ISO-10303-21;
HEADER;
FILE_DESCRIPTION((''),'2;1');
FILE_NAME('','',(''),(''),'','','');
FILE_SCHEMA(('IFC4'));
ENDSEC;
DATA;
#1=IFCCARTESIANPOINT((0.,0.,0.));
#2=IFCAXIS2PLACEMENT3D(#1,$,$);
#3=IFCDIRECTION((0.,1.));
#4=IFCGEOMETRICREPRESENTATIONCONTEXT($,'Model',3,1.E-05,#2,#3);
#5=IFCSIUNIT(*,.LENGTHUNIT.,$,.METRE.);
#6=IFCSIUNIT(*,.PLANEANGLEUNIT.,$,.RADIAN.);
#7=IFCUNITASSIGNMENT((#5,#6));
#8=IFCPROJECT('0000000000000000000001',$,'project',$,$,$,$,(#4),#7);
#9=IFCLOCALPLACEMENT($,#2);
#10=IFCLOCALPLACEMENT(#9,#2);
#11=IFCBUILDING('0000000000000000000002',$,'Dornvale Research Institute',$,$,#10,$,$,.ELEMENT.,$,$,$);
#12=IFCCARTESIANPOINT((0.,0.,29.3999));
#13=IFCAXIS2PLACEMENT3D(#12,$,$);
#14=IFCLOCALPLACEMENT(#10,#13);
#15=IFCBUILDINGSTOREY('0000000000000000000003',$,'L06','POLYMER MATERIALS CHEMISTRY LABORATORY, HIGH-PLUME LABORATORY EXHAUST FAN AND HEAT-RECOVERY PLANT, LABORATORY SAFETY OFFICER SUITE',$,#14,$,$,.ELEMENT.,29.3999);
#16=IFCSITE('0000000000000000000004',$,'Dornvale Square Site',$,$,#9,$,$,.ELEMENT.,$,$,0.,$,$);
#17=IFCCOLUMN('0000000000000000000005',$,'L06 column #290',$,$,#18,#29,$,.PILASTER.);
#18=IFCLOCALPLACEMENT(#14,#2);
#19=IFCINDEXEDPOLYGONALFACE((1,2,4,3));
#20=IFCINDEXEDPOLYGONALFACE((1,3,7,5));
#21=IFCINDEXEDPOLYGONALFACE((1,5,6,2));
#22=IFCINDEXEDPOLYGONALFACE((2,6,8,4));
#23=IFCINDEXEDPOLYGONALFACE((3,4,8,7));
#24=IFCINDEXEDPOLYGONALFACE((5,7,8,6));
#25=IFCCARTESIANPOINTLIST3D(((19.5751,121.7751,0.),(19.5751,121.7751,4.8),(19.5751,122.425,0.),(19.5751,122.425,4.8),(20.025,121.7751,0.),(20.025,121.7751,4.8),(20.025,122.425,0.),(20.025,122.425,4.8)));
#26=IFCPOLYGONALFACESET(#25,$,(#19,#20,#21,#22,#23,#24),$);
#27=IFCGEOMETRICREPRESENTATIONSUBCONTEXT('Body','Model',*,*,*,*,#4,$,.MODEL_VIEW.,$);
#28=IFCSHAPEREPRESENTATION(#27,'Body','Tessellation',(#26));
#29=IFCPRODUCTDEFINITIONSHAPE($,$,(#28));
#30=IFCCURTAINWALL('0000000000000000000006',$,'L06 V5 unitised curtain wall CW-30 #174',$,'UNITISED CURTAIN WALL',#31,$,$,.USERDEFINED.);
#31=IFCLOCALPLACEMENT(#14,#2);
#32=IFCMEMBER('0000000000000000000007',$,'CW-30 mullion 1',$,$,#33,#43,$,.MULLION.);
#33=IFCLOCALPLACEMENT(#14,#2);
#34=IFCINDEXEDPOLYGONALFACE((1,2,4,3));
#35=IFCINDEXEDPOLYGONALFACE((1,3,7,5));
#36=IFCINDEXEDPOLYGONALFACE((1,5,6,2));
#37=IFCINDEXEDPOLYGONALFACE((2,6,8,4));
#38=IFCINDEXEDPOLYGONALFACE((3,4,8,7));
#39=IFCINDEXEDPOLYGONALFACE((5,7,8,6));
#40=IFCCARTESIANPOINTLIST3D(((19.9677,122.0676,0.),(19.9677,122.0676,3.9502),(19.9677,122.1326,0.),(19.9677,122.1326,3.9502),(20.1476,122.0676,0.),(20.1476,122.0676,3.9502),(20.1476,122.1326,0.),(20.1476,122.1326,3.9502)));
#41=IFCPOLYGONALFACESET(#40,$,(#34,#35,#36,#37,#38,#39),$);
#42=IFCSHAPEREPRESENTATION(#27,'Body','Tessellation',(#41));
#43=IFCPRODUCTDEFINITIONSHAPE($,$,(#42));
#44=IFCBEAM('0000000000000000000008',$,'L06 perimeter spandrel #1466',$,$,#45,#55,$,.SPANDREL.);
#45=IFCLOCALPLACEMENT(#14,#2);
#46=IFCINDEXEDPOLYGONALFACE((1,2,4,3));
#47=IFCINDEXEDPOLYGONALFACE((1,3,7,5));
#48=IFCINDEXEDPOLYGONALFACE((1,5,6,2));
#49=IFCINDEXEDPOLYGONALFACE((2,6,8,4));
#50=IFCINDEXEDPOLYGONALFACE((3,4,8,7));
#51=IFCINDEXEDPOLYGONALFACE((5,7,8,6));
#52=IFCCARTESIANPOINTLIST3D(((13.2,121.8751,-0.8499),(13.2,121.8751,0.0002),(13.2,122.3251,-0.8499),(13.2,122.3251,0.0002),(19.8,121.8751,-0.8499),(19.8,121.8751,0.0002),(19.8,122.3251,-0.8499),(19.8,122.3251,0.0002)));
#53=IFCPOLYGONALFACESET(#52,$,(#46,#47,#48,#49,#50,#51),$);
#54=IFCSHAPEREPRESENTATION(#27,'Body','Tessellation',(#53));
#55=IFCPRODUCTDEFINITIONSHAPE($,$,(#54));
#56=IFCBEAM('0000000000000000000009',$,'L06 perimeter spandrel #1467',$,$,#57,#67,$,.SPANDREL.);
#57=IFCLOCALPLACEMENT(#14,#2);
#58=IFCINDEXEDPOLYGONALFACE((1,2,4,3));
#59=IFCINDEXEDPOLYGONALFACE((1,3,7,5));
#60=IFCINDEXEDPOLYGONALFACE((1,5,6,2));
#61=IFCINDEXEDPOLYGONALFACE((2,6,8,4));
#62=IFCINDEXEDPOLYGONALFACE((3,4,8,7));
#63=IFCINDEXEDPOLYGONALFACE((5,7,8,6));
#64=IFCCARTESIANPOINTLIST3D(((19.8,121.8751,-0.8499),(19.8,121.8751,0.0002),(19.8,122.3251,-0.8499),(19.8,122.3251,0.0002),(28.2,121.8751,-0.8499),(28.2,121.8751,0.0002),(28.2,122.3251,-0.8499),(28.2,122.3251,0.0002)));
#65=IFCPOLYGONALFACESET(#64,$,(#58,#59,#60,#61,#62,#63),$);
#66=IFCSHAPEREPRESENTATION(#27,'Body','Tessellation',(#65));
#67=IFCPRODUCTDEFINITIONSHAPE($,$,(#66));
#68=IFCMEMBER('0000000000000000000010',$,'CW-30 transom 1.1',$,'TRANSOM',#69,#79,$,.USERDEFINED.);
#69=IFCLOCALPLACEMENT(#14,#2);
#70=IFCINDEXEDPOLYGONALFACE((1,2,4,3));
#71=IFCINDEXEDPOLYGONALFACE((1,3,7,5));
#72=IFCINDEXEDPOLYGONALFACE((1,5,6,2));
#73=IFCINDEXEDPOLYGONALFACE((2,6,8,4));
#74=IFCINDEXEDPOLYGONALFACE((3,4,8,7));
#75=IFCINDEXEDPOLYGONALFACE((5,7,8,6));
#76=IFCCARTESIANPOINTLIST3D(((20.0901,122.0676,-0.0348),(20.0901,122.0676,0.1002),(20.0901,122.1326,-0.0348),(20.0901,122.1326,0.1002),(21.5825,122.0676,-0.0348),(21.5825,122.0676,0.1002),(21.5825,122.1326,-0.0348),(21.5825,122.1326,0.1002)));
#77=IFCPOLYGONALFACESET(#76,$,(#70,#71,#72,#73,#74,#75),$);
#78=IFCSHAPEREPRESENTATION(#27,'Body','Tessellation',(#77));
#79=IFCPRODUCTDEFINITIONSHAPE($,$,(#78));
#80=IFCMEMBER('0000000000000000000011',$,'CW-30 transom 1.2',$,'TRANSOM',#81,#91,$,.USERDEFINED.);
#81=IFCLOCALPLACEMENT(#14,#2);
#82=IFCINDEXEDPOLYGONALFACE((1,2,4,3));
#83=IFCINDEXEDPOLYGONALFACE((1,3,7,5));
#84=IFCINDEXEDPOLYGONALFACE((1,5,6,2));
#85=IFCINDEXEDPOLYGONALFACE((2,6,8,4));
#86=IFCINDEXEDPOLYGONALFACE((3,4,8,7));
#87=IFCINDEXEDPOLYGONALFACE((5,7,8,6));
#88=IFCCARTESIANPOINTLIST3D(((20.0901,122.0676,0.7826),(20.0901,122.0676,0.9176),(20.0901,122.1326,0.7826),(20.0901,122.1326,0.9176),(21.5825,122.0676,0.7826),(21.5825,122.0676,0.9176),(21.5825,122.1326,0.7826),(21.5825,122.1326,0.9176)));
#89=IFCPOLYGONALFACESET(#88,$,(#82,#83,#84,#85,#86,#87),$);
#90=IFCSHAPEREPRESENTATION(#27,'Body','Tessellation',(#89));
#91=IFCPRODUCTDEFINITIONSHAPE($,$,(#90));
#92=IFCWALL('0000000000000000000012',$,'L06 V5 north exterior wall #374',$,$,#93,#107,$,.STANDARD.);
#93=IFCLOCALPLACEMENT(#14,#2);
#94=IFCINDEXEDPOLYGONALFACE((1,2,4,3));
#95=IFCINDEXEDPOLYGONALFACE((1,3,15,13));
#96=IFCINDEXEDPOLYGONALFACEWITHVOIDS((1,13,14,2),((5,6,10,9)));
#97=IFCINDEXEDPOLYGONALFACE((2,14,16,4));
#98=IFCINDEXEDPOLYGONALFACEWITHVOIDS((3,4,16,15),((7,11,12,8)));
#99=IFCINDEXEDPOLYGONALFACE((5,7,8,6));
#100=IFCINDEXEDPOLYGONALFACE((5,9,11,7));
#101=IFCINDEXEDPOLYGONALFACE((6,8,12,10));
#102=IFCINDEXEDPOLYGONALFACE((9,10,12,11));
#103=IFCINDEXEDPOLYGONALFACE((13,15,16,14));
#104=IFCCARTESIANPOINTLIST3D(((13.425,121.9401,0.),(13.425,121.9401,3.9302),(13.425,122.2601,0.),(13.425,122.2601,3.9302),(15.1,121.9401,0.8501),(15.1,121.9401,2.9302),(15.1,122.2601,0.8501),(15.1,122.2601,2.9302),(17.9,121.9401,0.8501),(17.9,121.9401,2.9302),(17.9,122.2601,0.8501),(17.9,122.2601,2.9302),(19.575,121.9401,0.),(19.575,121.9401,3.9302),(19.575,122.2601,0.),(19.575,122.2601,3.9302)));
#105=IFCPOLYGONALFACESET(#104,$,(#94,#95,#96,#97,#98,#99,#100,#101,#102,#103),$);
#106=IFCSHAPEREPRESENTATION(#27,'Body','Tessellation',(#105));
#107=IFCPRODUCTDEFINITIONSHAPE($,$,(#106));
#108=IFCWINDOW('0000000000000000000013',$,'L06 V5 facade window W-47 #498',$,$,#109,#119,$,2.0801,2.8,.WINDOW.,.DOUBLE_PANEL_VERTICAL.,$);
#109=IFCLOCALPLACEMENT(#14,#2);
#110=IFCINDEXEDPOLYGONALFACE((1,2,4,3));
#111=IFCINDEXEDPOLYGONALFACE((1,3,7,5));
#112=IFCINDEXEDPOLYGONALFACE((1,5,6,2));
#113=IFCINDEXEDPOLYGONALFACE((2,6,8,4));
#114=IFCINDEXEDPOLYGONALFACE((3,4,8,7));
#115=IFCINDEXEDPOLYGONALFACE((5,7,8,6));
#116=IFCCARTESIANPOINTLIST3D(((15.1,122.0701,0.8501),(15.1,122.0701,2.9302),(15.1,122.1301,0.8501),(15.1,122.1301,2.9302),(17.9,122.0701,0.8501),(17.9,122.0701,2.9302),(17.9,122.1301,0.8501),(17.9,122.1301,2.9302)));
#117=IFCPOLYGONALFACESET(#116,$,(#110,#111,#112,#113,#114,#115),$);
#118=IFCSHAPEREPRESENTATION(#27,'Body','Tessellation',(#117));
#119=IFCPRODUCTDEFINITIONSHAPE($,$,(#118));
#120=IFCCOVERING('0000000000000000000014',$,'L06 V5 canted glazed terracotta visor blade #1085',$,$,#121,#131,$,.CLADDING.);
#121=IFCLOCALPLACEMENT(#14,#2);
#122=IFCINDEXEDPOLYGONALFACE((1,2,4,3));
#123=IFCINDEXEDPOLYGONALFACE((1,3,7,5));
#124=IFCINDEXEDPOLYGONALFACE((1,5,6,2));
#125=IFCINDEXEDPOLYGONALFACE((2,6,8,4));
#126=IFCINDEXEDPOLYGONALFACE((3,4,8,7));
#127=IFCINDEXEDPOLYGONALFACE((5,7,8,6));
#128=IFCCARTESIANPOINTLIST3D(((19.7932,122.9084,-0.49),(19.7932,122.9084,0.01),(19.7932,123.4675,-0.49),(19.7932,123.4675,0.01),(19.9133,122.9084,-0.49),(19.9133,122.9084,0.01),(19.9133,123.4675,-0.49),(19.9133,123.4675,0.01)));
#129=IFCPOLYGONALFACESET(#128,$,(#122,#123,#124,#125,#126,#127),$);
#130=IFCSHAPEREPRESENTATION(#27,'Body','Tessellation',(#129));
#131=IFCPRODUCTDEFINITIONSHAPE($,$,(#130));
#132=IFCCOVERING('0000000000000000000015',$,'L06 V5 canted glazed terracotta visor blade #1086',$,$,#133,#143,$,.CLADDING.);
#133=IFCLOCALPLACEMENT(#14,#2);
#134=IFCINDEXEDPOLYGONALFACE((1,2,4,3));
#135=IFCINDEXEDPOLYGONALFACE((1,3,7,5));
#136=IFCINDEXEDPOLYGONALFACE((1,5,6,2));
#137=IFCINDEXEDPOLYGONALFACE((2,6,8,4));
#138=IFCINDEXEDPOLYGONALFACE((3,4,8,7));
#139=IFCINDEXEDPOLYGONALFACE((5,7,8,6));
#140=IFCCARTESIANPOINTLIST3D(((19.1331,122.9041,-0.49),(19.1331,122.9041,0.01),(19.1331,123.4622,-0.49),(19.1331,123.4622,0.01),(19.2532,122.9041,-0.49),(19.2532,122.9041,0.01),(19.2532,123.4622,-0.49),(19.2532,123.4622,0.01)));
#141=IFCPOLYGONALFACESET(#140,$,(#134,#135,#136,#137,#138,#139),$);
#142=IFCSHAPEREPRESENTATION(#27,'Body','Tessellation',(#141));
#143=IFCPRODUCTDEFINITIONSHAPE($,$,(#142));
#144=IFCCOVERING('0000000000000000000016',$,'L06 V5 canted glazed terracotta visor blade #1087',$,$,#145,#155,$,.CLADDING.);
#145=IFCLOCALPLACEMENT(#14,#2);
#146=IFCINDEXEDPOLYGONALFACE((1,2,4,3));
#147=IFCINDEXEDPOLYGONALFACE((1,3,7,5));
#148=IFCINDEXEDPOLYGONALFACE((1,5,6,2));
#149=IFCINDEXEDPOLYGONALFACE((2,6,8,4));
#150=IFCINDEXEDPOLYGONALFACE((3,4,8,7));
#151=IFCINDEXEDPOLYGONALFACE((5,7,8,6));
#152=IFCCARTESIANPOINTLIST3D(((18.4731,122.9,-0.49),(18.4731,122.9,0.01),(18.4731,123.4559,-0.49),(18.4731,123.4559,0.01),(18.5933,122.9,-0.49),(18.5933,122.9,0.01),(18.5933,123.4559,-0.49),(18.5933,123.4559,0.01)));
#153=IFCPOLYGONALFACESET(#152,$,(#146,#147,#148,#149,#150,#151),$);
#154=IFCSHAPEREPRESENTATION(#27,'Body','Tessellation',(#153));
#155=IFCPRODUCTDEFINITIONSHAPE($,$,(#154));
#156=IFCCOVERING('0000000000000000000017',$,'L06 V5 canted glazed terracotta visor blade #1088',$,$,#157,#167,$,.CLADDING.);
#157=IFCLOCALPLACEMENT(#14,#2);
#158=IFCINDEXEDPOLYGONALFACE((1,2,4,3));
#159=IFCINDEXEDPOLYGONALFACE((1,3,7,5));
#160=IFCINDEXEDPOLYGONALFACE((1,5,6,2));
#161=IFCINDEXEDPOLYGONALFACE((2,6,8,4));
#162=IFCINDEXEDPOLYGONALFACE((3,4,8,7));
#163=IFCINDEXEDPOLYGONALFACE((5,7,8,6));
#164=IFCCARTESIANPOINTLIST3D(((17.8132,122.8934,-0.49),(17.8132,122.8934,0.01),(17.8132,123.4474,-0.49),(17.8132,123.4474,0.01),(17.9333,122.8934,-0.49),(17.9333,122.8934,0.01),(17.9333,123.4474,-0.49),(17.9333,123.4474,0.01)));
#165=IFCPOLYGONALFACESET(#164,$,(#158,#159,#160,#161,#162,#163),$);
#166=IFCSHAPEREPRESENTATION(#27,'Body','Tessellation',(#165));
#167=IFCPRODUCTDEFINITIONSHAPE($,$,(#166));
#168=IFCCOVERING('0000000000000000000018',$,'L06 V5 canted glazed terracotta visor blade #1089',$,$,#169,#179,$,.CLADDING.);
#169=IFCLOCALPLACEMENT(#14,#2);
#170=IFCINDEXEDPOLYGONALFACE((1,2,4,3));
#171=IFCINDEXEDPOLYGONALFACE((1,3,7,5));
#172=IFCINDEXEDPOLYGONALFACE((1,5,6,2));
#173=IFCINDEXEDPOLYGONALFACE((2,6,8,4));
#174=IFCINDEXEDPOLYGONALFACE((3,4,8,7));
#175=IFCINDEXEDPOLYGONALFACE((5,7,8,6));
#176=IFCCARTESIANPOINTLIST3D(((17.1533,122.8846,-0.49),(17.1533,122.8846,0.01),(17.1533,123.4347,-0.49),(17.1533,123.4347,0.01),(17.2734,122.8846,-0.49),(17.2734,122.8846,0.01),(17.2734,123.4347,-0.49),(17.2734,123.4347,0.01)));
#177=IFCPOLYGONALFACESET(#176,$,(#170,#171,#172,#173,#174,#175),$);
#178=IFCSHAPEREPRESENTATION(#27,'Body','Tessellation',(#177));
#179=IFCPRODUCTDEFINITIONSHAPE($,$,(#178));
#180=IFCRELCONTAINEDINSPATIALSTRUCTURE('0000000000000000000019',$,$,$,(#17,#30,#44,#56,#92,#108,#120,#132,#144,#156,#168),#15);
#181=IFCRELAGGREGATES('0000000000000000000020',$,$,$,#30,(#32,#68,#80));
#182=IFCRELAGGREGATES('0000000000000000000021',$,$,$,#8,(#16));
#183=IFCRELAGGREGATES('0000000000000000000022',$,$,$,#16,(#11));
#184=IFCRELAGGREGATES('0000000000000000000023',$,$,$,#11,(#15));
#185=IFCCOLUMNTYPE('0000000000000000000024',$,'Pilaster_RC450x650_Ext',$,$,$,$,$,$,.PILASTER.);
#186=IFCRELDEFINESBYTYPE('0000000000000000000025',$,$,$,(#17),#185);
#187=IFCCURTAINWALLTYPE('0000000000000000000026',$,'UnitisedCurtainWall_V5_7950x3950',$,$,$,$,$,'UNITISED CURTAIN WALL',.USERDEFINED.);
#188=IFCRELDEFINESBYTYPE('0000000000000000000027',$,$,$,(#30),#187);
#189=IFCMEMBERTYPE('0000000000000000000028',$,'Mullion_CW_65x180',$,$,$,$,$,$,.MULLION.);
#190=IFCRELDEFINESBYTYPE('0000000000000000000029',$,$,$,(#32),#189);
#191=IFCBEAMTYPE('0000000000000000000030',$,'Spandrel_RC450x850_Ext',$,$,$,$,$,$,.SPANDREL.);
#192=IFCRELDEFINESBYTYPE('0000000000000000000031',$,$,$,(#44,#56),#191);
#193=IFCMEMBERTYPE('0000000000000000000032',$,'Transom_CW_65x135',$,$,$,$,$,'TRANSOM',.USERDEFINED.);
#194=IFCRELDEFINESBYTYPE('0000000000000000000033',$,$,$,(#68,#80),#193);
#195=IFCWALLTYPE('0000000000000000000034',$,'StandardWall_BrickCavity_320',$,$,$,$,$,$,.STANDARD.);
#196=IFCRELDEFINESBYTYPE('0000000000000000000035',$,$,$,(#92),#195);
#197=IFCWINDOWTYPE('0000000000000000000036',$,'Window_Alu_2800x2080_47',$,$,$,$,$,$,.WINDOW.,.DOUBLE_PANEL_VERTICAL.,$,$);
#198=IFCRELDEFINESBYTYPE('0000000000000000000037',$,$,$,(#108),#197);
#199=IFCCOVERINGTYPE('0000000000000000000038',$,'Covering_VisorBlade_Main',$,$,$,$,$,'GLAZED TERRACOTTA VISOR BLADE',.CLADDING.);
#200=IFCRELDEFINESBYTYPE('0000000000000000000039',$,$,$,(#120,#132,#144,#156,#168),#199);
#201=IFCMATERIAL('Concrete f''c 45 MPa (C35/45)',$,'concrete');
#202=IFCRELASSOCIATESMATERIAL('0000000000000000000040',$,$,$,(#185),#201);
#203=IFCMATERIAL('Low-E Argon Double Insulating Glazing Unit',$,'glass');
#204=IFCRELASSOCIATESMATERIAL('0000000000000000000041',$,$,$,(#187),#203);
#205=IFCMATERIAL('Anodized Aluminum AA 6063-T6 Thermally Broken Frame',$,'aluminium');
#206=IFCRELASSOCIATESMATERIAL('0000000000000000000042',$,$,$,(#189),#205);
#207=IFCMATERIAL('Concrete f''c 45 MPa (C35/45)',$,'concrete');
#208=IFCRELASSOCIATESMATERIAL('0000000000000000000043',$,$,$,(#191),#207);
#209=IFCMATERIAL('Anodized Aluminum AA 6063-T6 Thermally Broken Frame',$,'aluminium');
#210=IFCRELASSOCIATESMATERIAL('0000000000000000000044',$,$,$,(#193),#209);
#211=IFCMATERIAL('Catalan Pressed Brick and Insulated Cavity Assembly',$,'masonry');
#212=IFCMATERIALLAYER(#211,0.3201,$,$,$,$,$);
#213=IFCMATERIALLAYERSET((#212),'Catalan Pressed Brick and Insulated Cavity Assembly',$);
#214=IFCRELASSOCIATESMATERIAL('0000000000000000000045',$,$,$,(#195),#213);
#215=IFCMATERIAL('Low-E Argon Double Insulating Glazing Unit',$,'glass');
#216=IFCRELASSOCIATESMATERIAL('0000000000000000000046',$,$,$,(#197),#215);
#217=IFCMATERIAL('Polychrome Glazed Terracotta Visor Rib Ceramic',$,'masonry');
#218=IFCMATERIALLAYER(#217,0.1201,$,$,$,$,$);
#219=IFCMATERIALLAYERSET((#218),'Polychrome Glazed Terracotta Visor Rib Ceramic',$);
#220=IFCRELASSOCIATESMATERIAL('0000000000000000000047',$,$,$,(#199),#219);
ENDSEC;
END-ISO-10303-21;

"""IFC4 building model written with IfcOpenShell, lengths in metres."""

from ifc_helpers import new_model, si_unit, direction, frame, frame_2d, origin, origin_2d, place, context, subcontext, project, spatial, rectangle, extrude, material, layer, layer_set, material_profile, profile_set, type_object, element, fill, aggregate, save


model = new_model("IFC4")

# Units and contexts
model_context = context("Model", 3, precision=1e-05, world=origin(), true_north=direction((0.0, 1.0)))
body_context = subcontext(model_context, "Body", "Model", "MODEL_VIEW")
ifc_project = project(units=[si_unit("LENGTHUNIT", "METRE"), si_unit("PLANEANGLEUNIT", "RADIAN")], contexts=[model_context])

# Site, building, storey
site_placement = place(None, origin())
site = spatial("IfcSite", under=ifc_project, at=site_placement, Name="Dornvale Square Site", CompositionType="ELEMENT", RefElevation=0.0)
building_placement = place(site_placement, origin())
building = spatial("IfcBuilding", under=site, at=building_placement, Name="Dornvale Research Institute", CompositionType="ELEMENT")
storey_placement = place(building_placement, frame((0.0, 0.0, 29.3999)))
storey = spatial("IfcBuildingStorey", under=building, at=storey_placement, Name="L06", Description="POLYMER MATERIALS CHEMISTRY LABORATORY, HIGH-PLUME LABORATORY EXHAUST FAN AND HEAT-RECOVERY PLANT, LABORATORY SAFETY OFFICER SUITE", CompositionType="ELEMENT", Elevation=29.3999)

# Column
ifc_material_1 = material(Name="Concrete f'c 45 MPa (C35/45)", Category="concrete")
ifc_material_profile_1 = material_profile(ifc_material_1, rectangle(XDim=0.45, YDim=0.6499, at=origin_2d()), Name="RC 450x650")
ifc_profile_set_1 = profile_set([ifc_material_profile_1], Name="Concrete f'c 45 MPa (C35/45)")
column_type = type_object("IfcColumnType", Name="Pilaster_RC450x650_Ext", PredefinedType="PILASTER", material=ifc_profile_set_1)
column_placement = place(storey_placement, frame((19.8, 122.1001, 0.0), z_axis=(0.0, 0.0, 1.0), x_axis=(1.0, 0.0, 0.0)))
element("IfcColumn", 1, at=column_placement, inside=storey, type_object=column_type, Name="L06 column #290", PredefinedType="PILASTER", context=body_context, shape_type="SweptSolid", body=[
    extrude(rectangle(XDim=0.45, YDim=0.6499, at=origin_2d()), origin(), (0.0, 0.0, 1.0), 4.8),
])

# Curtain wall, member
ifc_material_2 = material(Name="Low-E Argon Double Insulating Glazing Unit", Category="glass")
curtain_wall_type = type_object("IfcCurtainWallType", Name="UnitisedCurtainWall_V5_7950x3950", ElementType="UNITISED CURTAIN WALL", PredefinedType="USERDEFINED", material=ifc_material_2)
curtain_wall_placement = place(storey_placement, origin())
curtain_wall = element("IfcCurtainWall", 2, at=curtain_wall_placement, inside=storey, type_object=curtain_wall_type, Name="L06 V5 unitised curtain wall CW-30 #174", ObjectType="UNITISED CURTAIN WALL", PredefinedType="USERDEFINED")
ifc_material_3 = material(Name="Anodized Aluminum AA 6063-T6 Thermally Broken Frame", Category="aluminium")
ifc_material_profile_2 = material_profile(ifc_material_3, rectangle(XDim=0.0649, YDim=0.1799, at=origin_2d()), Name="ALU MULLION 65x180")
ifc_profile_set_2 = profile_set([ifc_material_profile_2], Name="Anodized Aluminum AA 6063-T6 Thermally Broken Frame")
member_type_1 = type_object("IfcMemberType", Name="Mullion_CW_65x180", PredefinedType="MULLION", material=ifc_profile_set_2)
member_1_placement = place(storey_placement, frame((20.0576, 122.1001, 0.0), z_axis=(0.0, 0.0, 1.0), x_axis=(0.0, 1.0, 0.0)))
member_1 = element("IfcMember", 3, at=member_1_placement, type_object=member_type_1, Name="CW-30 mullion 1", PredefinedType="MULLION", context=body_context, shape_type="SweptSolid", body=[
    extrude(rectangle(XDim=0.0649, YDim=0.1799, at=origin_2d()), origin(), (0.0, 0.0, 1.0), 3.9502),
])

# Beams
ifc_material_4 = material(Name="Concrete f'c 45 MPa (C35/45)", Category="concrete")
ifc_material_profile_3 = material_profile(ifc_material_4, rectangle(XDim=0.45, YDim=0.8501, at=origin_2d()), Name="RC 450x850")
ifc_profile_set_3 = profile_set([ifc_material_profile_3], Name="Concrete f'c 45 MPa (C35/45)")
beam_type = type_object("IfcBeamType", Name="Spandrel_RC450x850_Ext", PredefinedType="SPANDREL", material=ifc_profile_set_3)
beam_1_placement = place(storey_placement, frame((13.2, 122.1001, -0.4248), z_axis=(1.0, 0.0, 0.0), x_axis=(0.0, 1.0, 0.0)))
element("IfcBeam", 4, at=beam_1_placement, inside=storey, type_object=beam_type, Name="L06 perimeter spandrel #1466", PredefinedType="SPANDREL", context=body_context, shape_type="SweptSolid", body=[
    extrude(rectangle(XDim=0.45, YDim=0.8501, at=origin_2d()), origin(), (0.0, 0.0, 1.0), 6.6001),
])
beam_2_placement = place(storey_placement, frame((19.8, 122.1001, -0.4248), z_axis=(1.0, 0.0, 0.0), x_axis=(0.0, 1.0, 0.0)))
element("IfcBeam", 5, at=beam_2_placement, inside=storey, type_object=beam_type, Name="L06 perimeter spandrel #1467", PredefinedType="SPANDREL", context=body_context, shape_type="SweptSolid", body=[
    extrude(rectangle(XDim=0.45, YDim=0.8501, at=origin_2d()), origin(), (0.0, 0.0, 1.0), 8.3999),
])

# Members
ifc_material_5 = material(Name="Anodized Aluminum AA 6063-T6 Thermally Broken Frame", Category="aluminium")
ifc_material_profile_4 = material_profile(ifc_material_5, rectangle(XDim=0.0649, YDim=0.135, at=origin_2d()), Name="ALU TRANSOM 65x135")
ifc_profile_set_4 = profile_set([ifc_material_profile_4], Name="Anodized Aluminum AA 6063-T6 Thermally Broken Frame")
member_type_2 = type_object("IfcMemberType", Name="Transom_CW_65x135", ElementType="TRANSOM", PredefinedType="USERDEFINED", material=ifc_profile_set_4)
member_2_placement = place(storey_placement, frame((20.0901, 122.1001, 0.0327), z_axis=(1.0, 0.0, 0.0), x_axis=(0.0, 1.0, 0.0)))
member_2 = element("IfcMember", 6, at=member_2_placement, type_object=member_type_2, Name="CW-30 transom 1.1", ObjectType="TRANSOM", PredefinedType="USERDEFINED", context=body_context, shape_type="SweptSolid", body=[
    extrude(rectangle(XDim=0.0649, YDim=0.135, at=origin_2d()), origin(), (0.0, 0.0, 1.0), 1.4924),
])
member_3_placement = place(storey_placement, frame((20.0901, 122.1001, 0.8501), z_axis=(1.0, 0.0, 0.0), x_axis=(0.0, 1.0, 0.0)))
member_3 = element("IfcMember", 7, at=member_3_placement, type_object=member_type_2, Name="CW-30 transom 1.2", ObjectType="TRANSOM", PredefinedType="USERDEFINED", context=body_context, shape_type="SweptSolid", body=[
    extrude(rectangle(XDim=0.0649, YDim=0.135, at=origin_2d()), origin(), (0.0, 0.0, 1.0), 1.4924),
])
aggregate(curtain_wall, [member_1, member_2, member_3])

# Wall, opening, window
ifc_material_6 = material(Name="Catalan Pressed Brick and Insulated Cavity Assembly", Category="masonry")
ifc_layer_1 = layer(ifc_material_6, 0.3201)
ifc_layer_set_1 = layer_set([ifc_layer_1], Name="Catalan Pressed Brick and Insulated Cavity Assembly")
wall_type = type_object("IfcWallType", Name="StandardWall_BrickCavity_320", PredefinedType="STANDARD", material=ifc_layer_set_1)
wall_placement = place(storey_placement, frame((13.425, 122.1001, 0.0), z_axis=(0.0, 0.0, 1.0), x_axis=(1.0, 0.0, 0.0)))
wall = element("IfcWall", 8, at=wall_placement, inside=storey, type_object=wall_type, Name="L06 V5 north exterior wall #374", PredefinedType="STANDARD", context=body_context, shape_type="SweptSolid", body=[
    extrude(rectangle(XDim=6.1499, YDim=0.3201, at=frame_2d((3.075, 0.0))), origin(), (0.0, 0.0, 1.0), 3.9302),
])
opening_placement = place(wall_placement, frame((1.675, 0.0, 0.8501)))
opening = element("IfcOpeningElement", 9, at=opening_placement, cuts=wall, PredefinedType="OPENING", context=body_context, shape_type="SweptSolid", body=[
    extrude(rectangle(XDim=2.8, YDim=2.0801, at=frame_2d((1.3999, 1.04))), frame((0.0, 0.175, 0.0), z_axis=(0.0, -1.0, 0.0), x_axis=(1.0, 0.0, 0.0)), (0.0, 0.0, 1.0), 0.3501),
])
ifc_material_7 = material(Name="Low-E Argon Double Insulating Glazing Unit", Category="glass")
window_type = type_object("IfcWindowType", Name="Window_Alu_2800x2080_47", PartitioningType="DOUBLE_PANEL_VERTICAL", PredefinedType="WINDOW", material=ifc_material_7)
window_placement = place(opening_placement, origin())
window = element("IfcWindow", 10, at=window_placement, inside=storey, type_object=window_type, Name="L06 V5 facade window W-47 #498", OverallHeight=2.0801, OverallWidth=2.8, PartitioningType="DOUBLE_PANEL_VERTICAL", PredefinedType="WINDOW", context=body_context, shape_type="SweptSolid", body=[
    extrude(rectangle(XDim=2.8, YDim=2.0801, at=frame_2d((1.3999, 1.04))), frame((0.0, 0.03, 0.0), z_axis=(0.0, -1.0, 0.0), x_axis=(1.0, 0.0, 0.0)), (0.0, 0.0, 1.0), 0.0601),
])
fill(opening, window)

# Coverings
ifc_material_8 = material(Name="Polychrome Glazed Terracotta Visor Rib Ceramic", Category="masonry")
ifc_layer_2 = layer(ifc_material_8, 0.1201)
ifc_layer_set_2 = layer_set([ifc_layer_2], Name="Polychrome Glazed Terracotta Visor Rib Ceramic")
covering_type = type_object("IfcCoveringType", Name="Covering_VisorBlade_Main", ElementType="GLAZED TERRACOTTA VISOR BLADE", PredefinedType="CLADDING", material=ifc_layer_set_2)
covering_1_placement = place(storey_placement, frame((19.8533, 123.188, -0.49), z_axis=(0.0, 0.0, 1.0), x_axis=(0.0, 1.0, 0.0)))
element("IfcCovering", 11, at=covering_1_placement, inside=storey, type_object=covering_type, Name="L06 V5 canted glazed terracotta visor blade #1085", PredefinedType="CLADDING", context=body_context, shape_type="SweptSolid", body=[
    extrude(rectangle(XDim=0.5591, YDim=0.1201, at=origin_2d()), origin(), (0.0, 0.0, 1.0), 0.5),
])
covering_2_placement = place(storey_placement, frame((19.1931, 123.1831, -0.49), z_axis=(0.0, 0.0, 1.0), x_axis=(0.0, 1.0, 0.0)))
element("IfcCovering", 12, at=covering_2_placement, inside=storey, type_object=covering_type, Name="L06 V5 canted glazed terracotta visor blade #1086", PredefinedType="CLADDING", context=body_context, shape_type="SweptSolid", body=[
    extrude(rectangle(XDim=0.5581, YDim=0.1201, at=origin_2d()), origin(), (0.0, 0.0, 1.0), 0.5),
])
covering_3_placement = place(storey_placement, frame((18.5332, 123.178, -0.49), z_axis=(0.0, 0.0, 1.0), x_axis=(0.0, 1.0, 0.0)))
element("IfcCovering", 13, at=covering_3_placement, inside=storey, type_object=covering_type, Name="L06 V5 canted glazed terracotta visor blade #1087", PredefinedType="CLADDING", context=body_context, shape_type="SweptSolid", body=[
    extrude(rectangle(XDim=0.5559, YDim=0.1201, at=origin_2d()), origin(), (0.0, 0.0, 1.0), 0.5),
])
covering_4_placement = place(storey_placement, frame((17.8733, 123.1704, -0.49), z_axis=(0.0, 0.0, 1.0), x_axis=(0.0, 1.0, 0.0)))
element("IfcCovering", 14, at=covering_4_placement, inside=storey, type_object=covering_type, Name="L06 V5 canted glazed terracotta visor blade #1088", PredefinedType="CLADDING", context=body_context, shape_type="SweptSolid", body=[
    extrude(rectangle(XDim=0.554, YDim=0.1201, at=origin_2d()), origin(), (0.0, 0.0, 1.0), 0.5),
])
covering_5_placement = place(storey_placement, frame((17.2134, 123.1597, -0.49), z_axis=(0.0, 0.0, 1.0), x_axis=(0.0, 1.0, 0.0)))
element("IfcCovering", 15, at=covering_5_placement, inside=storey, type_object=covering_type, Name="L06 V5 canted glazed terracotta visor blade #1089", PredefinedType="CLADDING", context=body_context, shape_type="SweptSolid", body=[
    extrude(rectangle(XDim=0.55, YDim=0.1201, at=origin_2d()), origin(), (0.0, 0.0, 1.0), 0.5),
])

save(model, "model.ifc")
